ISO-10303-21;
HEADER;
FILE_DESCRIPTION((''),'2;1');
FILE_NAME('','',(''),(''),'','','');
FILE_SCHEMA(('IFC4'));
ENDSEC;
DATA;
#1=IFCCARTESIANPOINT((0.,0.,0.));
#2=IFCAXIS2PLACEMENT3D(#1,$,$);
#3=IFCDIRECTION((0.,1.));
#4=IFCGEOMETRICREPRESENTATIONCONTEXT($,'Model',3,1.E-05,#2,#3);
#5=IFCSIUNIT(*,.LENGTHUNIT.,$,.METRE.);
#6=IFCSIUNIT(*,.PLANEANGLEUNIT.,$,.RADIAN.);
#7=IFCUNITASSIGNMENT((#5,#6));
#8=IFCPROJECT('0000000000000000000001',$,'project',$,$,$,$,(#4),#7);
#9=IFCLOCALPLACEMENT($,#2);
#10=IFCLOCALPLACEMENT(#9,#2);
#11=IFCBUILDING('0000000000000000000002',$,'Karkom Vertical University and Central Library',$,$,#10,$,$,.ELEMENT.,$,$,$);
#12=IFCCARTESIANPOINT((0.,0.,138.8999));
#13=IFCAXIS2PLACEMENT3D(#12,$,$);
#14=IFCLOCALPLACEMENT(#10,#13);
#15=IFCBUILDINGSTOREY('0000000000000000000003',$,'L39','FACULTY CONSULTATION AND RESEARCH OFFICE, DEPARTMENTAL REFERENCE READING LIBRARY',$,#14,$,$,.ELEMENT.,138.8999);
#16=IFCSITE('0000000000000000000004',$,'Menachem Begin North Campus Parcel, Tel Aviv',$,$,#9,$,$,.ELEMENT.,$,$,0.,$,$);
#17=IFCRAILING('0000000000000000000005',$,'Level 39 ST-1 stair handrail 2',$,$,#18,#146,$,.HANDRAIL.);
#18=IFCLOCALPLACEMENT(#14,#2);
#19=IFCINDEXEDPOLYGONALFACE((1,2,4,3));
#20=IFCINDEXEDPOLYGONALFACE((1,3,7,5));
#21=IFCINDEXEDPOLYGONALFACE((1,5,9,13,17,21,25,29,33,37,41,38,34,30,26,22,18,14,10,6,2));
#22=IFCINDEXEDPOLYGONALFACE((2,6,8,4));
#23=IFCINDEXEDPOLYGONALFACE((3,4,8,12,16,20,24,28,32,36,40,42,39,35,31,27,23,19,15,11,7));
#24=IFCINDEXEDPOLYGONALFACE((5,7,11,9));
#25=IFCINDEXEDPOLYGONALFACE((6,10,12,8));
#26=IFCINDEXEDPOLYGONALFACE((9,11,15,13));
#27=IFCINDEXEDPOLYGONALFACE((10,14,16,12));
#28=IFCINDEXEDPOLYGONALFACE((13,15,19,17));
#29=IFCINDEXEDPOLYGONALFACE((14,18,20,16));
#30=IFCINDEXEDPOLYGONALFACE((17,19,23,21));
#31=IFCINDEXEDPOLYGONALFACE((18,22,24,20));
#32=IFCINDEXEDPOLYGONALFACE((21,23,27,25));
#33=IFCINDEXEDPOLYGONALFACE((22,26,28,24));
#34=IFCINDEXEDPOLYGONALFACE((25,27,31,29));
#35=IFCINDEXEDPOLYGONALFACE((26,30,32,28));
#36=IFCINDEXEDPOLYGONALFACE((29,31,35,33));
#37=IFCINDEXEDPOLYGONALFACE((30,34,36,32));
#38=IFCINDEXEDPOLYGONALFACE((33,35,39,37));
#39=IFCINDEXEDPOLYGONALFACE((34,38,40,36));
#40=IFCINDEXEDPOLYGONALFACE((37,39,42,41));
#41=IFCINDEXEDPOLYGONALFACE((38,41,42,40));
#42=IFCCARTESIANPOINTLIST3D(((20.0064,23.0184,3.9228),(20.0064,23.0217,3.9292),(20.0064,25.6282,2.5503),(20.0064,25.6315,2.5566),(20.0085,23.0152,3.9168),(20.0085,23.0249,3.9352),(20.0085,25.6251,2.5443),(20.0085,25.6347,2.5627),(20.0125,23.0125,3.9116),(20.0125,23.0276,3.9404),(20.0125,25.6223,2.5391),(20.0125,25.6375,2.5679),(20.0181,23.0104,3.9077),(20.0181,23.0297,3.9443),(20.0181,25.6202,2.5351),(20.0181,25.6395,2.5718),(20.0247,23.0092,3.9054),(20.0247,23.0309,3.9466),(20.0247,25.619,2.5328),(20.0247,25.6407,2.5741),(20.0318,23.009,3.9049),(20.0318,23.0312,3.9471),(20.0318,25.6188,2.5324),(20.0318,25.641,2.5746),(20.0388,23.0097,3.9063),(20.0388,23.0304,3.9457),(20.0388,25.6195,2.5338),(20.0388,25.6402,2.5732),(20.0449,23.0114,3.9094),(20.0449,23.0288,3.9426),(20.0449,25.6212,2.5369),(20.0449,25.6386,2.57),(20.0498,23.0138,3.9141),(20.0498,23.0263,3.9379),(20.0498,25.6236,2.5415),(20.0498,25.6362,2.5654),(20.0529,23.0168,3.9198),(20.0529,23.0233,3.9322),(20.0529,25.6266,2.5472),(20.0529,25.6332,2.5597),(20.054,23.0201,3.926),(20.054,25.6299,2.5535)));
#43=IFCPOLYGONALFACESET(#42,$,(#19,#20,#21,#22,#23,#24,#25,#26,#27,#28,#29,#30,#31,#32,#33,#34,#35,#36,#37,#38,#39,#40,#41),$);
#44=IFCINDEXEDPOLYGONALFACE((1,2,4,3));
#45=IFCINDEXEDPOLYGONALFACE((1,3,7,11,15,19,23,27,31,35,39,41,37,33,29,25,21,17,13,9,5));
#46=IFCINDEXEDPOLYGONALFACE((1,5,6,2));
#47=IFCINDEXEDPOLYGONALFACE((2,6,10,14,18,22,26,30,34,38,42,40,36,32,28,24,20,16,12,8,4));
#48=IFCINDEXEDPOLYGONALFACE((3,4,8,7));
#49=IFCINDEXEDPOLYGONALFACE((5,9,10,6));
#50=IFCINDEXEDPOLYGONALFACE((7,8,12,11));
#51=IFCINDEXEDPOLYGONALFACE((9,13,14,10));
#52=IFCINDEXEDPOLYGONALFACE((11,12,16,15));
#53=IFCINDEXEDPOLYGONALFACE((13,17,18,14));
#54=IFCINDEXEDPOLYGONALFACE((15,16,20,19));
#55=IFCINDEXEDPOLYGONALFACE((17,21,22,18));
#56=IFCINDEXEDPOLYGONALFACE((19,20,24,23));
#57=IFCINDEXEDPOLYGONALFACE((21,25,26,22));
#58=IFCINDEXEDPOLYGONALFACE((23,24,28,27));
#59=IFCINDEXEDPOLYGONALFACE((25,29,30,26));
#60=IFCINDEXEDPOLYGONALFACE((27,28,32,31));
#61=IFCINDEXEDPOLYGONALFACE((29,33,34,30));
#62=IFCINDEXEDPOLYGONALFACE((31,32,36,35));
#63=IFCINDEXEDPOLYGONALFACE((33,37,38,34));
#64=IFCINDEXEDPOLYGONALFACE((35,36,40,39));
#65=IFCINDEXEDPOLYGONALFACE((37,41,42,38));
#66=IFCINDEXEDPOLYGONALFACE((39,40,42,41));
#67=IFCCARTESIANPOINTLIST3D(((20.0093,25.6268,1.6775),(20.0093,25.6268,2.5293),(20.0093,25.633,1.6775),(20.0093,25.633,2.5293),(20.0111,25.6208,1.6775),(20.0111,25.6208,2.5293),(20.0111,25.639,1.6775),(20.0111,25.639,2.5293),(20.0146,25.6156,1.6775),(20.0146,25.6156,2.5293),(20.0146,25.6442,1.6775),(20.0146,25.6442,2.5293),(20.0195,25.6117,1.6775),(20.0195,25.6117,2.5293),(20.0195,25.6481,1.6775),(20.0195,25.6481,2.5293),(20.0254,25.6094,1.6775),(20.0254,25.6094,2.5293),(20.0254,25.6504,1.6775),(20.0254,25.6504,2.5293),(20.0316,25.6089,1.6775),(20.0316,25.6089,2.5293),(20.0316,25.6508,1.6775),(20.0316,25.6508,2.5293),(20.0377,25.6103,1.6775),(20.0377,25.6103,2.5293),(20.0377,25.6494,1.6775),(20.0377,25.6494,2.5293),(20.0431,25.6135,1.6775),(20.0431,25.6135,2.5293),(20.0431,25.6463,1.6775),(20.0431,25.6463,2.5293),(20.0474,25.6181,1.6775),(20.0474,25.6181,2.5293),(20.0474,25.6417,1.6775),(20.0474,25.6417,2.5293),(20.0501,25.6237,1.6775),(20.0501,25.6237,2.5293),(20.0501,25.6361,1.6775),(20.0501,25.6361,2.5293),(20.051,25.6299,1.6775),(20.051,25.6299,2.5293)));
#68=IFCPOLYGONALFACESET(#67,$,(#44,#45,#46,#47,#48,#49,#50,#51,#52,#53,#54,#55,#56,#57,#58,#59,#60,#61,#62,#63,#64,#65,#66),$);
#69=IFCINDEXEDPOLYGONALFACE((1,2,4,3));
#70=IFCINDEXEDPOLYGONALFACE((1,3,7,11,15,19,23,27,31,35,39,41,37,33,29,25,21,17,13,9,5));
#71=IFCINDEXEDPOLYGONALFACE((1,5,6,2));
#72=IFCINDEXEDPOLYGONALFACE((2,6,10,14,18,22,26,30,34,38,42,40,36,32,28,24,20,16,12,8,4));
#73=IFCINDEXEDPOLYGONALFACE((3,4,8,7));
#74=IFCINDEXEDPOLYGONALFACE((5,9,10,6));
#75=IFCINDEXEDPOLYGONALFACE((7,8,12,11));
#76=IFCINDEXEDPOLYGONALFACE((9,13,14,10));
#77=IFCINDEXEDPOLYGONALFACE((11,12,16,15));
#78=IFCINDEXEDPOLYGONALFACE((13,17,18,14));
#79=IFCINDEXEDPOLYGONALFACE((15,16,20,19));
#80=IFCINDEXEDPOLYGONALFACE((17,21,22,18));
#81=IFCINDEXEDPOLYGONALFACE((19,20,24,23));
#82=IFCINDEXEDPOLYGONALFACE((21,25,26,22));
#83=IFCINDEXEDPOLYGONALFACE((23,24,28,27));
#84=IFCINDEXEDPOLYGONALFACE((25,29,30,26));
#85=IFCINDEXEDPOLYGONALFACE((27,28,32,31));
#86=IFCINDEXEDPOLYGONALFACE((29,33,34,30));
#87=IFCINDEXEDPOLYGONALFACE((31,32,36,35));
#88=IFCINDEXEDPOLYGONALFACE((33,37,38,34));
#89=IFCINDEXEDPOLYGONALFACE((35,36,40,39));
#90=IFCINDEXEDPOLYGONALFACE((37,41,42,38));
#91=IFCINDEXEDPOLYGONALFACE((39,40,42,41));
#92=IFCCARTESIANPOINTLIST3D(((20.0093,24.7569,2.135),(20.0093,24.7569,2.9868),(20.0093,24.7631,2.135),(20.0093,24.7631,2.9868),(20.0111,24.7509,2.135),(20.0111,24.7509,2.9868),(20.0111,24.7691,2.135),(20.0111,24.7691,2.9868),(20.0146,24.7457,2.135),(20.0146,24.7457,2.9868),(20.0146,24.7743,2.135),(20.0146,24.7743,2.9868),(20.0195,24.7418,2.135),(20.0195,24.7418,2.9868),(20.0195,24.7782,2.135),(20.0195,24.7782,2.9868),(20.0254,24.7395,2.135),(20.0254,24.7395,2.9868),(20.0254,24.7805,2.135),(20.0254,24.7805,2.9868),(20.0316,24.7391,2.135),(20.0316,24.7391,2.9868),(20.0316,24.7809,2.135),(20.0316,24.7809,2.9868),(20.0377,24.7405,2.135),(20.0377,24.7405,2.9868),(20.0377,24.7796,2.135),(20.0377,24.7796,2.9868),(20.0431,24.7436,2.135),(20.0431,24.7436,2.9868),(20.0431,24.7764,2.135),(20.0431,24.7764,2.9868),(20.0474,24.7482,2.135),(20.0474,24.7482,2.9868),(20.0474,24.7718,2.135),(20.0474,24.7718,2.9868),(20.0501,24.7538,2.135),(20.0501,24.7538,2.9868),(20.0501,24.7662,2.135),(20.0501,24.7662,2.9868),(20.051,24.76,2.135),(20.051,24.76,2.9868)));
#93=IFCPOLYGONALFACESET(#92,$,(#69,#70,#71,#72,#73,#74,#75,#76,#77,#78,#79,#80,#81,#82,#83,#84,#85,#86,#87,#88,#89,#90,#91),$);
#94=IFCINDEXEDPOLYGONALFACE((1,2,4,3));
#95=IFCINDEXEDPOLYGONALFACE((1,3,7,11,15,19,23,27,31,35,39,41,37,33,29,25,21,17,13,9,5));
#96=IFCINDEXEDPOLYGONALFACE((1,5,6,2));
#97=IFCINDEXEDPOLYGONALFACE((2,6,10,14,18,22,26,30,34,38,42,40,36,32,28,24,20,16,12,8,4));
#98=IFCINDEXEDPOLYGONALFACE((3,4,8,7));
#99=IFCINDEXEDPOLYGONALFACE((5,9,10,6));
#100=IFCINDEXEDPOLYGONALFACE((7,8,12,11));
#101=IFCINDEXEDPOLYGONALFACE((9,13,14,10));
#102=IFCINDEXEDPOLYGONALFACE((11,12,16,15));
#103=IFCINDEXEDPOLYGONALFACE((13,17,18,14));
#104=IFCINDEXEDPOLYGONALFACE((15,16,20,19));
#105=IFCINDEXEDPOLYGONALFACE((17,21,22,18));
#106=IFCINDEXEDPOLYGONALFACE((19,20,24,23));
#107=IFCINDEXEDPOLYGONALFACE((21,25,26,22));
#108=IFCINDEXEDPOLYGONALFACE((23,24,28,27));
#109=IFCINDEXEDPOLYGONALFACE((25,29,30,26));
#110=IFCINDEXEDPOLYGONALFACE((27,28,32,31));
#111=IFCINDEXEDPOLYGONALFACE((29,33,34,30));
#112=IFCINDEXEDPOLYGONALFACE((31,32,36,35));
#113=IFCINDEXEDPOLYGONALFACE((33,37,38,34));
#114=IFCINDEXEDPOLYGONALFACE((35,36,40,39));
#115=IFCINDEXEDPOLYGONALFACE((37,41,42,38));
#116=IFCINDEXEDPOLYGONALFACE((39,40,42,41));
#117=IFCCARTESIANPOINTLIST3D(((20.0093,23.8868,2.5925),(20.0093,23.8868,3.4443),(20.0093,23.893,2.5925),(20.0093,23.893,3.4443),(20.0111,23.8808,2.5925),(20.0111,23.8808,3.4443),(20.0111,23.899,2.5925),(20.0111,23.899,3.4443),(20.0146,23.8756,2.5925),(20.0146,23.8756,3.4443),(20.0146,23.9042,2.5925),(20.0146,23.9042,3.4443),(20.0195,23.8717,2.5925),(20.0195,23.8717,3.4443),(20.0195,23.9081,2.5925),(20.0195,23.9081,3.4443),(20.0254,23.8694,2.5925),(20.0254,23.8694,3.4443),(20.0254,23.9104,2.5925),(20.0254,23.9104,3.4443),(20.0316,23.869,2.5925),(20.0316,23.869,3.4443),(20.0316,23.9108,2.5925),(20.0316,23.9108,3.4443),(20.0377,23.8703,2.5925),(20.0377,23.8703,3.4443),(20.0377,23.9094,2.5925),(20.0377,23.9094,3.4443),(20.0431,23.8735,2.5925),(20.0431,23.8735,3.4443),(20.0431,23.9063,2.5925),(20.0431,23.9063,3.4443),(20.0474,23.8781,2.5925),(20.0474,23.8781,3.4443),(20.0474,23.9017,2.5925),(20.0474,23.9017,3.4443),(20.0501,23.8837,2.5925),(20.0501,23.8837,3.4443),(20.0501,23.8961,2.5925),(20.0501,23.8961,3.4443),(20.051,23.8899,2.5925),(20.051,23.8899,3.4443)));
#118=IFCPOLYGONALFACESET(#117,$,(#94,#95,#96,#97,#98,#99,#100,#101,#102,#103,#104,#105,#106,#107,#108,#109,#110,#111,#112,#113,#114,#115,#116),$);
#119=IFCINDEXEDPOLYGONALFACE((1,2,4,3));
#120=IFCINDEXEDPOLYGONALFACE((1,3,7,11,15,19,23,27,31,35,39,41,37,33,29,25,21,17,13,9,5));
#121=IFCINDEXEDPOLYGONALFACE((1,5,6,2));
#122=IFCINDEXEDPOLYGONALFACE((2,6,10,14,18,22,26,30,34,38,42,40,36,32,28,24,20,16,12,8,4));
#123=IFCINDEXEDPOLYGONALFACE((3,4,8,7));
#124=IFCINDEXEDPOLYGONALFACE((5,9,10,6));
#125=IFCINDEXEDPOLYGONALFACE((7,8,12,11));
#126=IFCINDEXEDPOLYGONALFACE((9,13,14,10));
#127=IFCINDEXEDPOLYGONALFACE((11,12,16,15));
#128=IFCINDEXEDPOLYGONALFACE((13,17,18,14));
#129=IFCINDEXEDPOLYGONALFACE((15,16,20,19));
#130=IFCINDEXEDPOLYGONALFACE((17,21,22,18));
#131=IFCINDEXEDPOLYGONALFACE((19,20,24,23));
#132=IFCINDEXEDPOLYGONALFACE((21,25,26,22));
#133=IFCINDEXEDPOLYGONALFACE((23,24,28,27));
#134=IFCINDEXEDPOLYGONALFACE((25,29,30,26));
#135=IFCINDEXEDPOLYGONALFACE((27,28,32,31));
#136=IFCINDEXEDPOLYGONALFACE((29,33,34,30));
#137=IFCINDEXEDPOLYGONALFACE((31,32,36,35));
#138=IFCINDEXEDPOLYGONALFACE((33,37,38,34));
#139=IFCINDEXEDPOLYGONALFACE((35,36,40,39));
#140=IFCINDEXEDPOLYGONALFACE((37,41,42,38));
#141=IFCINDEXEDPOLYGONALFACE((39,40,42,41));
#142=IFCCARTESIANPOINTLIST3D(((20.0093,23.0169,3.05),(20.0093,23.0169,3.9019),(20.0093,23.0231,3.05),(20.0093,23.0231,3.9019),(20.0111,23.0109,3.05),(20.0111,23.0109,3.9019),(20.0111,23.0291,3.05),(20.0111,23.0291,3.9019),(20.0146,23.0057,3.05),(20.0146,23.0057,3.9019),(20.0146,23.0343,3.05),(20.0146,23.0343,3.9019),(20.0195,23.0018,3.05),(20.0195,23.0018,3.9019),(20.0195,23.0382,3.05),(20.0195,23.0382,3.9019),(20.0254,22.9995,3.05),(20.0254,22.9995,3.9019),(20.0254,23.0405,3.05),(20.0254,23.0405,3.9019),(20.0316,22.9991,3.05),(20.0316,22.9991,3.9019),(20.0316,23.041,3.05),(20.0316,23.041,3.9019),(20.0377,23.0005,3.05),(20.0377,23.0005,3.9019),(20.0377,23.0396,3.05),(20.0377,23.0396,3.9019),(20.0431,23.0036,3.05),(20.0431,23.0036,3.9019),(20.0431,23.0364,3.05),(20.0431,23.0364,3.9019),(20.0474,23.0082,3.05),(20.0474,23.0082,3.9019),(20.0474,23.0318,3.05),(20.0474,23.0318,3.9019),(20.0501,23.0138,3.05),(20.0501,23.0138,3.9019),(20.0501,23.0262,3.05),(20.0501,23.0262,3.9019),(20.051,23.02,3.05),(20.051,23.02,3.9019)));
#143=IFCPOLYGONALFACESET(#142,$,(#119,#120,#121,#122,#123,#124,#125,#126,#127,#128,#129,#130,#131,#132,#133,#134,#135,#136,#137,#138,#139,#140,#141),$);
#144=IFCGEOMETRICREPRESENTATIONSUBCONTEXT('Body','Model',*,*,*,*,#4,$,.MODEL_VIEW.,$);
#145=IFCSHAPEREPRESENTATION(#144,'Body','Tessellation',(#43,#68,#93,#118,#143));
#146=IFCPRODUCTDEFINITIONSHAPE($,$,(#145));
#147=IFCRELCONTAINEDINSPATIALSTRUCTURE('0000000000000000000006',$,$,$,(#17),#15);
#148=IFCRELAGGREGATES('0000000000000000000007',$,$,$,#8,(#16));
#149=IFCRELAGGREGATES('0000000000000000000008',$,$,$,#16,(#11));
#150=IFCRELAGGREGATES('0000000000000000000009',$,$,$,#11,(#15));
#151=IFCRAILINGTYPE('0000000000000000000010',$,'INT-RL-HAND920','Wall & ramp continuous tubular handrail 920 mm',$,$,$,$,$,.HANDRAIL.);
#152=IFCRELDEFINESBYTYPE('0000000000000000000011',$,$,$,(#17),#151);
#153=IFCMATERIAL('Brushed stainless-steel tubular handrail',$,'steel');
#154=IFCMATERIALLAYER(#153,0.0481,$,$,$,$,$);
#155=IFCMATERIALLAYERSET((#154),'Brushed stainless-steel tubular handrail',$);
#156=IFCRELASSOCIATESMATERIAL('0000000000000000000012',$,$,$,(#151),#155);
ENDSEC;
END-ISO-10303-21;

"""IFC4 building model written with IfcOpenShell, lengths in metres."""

from ifc_helpers import new_model, si_unit, direction, frame, origin, origin_2d, place, context, subcontext, project, spatial, circle, extrude, material, layer, layer_set, type_object, element, save


model = new_model("IFC4")

# Units and contexts
model_context = context("Model", 3, precision=1e-05, world=origin(), true_north=direction((0.0, 1.0)))
body_context = subcontext(model_context, "Body", "Model", "MODEL_VIEW")
ifc_project = project(units=[si_unit("LENGTHUNIT", "METRE"), si_unit("PLANEANGLEUNIT", "RADIAN")], contexts=[model_context])

# Site, building, storey
site_placement = place(None, origin())
site = spatial("IfcSite", under=ifc_project, at=site_placement, Name="Menachem Begin North Campus Parcel, Tel Aviv", CompositionType="ELEMENT", RefElevation=0.0)
building_placement = place(site_placement, origin())
building = spatial("IfcBuilding", under=site, at=building_placement, Name="Karkom Vertical University and Central Library", CompositionType="ELEMENT")
storey_placement = place(building_placement, frame((0.0, 0.0, 138.8999)))
storey = spatial("IfcBuildingStorey", under=building, at=storey_placement, Name="L39", Description="FACULTY CONSULTATION AND RESEARCH OFFICE, DEPARTMENTAL REFERENCE READING LIBRARY", CompositionType="ELEMENT", Elevation=138.8999)

# Railing
ifc_material_1 = material(Name="Brushed stainless-steel tubular handrail", Category="steel")
ifc_layer_1 = layer(ifc_material_1, 0.0481)
ifc_layer_set_1 = layer_set([ifc_layer_1], Name="Brushed stainless-steel tubular handrail")
railing_type_1 = type_object("IfcRailingType", Name="INT-RL-HAND920", Description="Wall & ramp continuous tubular handrail 920 mm", PredefinedType="HANDRAIL", material=ifc_layer_set_1)
railing_1_placement = place(storey_placement, frame((20.03, 25.6299, 1.6775)))
element("IfcRailing", 1, at=railing_1_placement, inside=storey, type_object=railing_type_1, Name="Level 39 ST-1 stair handrail 2", PredefinedType="HANDRAIL", context=body_context, shape_type="SweptSolid", body=[
    extrude(circle(Radius=0.0239, at=origin_2d()), frame((0.0, 0.0, 0.876), z_axis=(0.0, -0.885065, 0.465467), x_axis=(1.0, 0.0, 0.0)), (0.0, 0.0, 1.0), 2.9487),
    extrude(circle(Radius=0.021, at=origin_2d()), origin(), (0.0, 0.0, 1.0), 0.8518),
    extrude(circle(Radius=0.021, at=origin_2d()), frame((0.0, -0.8699, 0.4575)), (0.0, 0.0, 1.0), 0.8518),
    extrude(circle(Radius=0.021, at=origin_2d()), frame((0.0, -1.74, 0.915)), (0.0, 0.0, 1.0), 0.8518),
    extrude(circle(Radius=0.021, at=origin_2d()), frame((0.0, -2.6099, 1.3726)), (0.0, 0.0, 1.0), 0.8518),
])

save(model, "model.ifc")
